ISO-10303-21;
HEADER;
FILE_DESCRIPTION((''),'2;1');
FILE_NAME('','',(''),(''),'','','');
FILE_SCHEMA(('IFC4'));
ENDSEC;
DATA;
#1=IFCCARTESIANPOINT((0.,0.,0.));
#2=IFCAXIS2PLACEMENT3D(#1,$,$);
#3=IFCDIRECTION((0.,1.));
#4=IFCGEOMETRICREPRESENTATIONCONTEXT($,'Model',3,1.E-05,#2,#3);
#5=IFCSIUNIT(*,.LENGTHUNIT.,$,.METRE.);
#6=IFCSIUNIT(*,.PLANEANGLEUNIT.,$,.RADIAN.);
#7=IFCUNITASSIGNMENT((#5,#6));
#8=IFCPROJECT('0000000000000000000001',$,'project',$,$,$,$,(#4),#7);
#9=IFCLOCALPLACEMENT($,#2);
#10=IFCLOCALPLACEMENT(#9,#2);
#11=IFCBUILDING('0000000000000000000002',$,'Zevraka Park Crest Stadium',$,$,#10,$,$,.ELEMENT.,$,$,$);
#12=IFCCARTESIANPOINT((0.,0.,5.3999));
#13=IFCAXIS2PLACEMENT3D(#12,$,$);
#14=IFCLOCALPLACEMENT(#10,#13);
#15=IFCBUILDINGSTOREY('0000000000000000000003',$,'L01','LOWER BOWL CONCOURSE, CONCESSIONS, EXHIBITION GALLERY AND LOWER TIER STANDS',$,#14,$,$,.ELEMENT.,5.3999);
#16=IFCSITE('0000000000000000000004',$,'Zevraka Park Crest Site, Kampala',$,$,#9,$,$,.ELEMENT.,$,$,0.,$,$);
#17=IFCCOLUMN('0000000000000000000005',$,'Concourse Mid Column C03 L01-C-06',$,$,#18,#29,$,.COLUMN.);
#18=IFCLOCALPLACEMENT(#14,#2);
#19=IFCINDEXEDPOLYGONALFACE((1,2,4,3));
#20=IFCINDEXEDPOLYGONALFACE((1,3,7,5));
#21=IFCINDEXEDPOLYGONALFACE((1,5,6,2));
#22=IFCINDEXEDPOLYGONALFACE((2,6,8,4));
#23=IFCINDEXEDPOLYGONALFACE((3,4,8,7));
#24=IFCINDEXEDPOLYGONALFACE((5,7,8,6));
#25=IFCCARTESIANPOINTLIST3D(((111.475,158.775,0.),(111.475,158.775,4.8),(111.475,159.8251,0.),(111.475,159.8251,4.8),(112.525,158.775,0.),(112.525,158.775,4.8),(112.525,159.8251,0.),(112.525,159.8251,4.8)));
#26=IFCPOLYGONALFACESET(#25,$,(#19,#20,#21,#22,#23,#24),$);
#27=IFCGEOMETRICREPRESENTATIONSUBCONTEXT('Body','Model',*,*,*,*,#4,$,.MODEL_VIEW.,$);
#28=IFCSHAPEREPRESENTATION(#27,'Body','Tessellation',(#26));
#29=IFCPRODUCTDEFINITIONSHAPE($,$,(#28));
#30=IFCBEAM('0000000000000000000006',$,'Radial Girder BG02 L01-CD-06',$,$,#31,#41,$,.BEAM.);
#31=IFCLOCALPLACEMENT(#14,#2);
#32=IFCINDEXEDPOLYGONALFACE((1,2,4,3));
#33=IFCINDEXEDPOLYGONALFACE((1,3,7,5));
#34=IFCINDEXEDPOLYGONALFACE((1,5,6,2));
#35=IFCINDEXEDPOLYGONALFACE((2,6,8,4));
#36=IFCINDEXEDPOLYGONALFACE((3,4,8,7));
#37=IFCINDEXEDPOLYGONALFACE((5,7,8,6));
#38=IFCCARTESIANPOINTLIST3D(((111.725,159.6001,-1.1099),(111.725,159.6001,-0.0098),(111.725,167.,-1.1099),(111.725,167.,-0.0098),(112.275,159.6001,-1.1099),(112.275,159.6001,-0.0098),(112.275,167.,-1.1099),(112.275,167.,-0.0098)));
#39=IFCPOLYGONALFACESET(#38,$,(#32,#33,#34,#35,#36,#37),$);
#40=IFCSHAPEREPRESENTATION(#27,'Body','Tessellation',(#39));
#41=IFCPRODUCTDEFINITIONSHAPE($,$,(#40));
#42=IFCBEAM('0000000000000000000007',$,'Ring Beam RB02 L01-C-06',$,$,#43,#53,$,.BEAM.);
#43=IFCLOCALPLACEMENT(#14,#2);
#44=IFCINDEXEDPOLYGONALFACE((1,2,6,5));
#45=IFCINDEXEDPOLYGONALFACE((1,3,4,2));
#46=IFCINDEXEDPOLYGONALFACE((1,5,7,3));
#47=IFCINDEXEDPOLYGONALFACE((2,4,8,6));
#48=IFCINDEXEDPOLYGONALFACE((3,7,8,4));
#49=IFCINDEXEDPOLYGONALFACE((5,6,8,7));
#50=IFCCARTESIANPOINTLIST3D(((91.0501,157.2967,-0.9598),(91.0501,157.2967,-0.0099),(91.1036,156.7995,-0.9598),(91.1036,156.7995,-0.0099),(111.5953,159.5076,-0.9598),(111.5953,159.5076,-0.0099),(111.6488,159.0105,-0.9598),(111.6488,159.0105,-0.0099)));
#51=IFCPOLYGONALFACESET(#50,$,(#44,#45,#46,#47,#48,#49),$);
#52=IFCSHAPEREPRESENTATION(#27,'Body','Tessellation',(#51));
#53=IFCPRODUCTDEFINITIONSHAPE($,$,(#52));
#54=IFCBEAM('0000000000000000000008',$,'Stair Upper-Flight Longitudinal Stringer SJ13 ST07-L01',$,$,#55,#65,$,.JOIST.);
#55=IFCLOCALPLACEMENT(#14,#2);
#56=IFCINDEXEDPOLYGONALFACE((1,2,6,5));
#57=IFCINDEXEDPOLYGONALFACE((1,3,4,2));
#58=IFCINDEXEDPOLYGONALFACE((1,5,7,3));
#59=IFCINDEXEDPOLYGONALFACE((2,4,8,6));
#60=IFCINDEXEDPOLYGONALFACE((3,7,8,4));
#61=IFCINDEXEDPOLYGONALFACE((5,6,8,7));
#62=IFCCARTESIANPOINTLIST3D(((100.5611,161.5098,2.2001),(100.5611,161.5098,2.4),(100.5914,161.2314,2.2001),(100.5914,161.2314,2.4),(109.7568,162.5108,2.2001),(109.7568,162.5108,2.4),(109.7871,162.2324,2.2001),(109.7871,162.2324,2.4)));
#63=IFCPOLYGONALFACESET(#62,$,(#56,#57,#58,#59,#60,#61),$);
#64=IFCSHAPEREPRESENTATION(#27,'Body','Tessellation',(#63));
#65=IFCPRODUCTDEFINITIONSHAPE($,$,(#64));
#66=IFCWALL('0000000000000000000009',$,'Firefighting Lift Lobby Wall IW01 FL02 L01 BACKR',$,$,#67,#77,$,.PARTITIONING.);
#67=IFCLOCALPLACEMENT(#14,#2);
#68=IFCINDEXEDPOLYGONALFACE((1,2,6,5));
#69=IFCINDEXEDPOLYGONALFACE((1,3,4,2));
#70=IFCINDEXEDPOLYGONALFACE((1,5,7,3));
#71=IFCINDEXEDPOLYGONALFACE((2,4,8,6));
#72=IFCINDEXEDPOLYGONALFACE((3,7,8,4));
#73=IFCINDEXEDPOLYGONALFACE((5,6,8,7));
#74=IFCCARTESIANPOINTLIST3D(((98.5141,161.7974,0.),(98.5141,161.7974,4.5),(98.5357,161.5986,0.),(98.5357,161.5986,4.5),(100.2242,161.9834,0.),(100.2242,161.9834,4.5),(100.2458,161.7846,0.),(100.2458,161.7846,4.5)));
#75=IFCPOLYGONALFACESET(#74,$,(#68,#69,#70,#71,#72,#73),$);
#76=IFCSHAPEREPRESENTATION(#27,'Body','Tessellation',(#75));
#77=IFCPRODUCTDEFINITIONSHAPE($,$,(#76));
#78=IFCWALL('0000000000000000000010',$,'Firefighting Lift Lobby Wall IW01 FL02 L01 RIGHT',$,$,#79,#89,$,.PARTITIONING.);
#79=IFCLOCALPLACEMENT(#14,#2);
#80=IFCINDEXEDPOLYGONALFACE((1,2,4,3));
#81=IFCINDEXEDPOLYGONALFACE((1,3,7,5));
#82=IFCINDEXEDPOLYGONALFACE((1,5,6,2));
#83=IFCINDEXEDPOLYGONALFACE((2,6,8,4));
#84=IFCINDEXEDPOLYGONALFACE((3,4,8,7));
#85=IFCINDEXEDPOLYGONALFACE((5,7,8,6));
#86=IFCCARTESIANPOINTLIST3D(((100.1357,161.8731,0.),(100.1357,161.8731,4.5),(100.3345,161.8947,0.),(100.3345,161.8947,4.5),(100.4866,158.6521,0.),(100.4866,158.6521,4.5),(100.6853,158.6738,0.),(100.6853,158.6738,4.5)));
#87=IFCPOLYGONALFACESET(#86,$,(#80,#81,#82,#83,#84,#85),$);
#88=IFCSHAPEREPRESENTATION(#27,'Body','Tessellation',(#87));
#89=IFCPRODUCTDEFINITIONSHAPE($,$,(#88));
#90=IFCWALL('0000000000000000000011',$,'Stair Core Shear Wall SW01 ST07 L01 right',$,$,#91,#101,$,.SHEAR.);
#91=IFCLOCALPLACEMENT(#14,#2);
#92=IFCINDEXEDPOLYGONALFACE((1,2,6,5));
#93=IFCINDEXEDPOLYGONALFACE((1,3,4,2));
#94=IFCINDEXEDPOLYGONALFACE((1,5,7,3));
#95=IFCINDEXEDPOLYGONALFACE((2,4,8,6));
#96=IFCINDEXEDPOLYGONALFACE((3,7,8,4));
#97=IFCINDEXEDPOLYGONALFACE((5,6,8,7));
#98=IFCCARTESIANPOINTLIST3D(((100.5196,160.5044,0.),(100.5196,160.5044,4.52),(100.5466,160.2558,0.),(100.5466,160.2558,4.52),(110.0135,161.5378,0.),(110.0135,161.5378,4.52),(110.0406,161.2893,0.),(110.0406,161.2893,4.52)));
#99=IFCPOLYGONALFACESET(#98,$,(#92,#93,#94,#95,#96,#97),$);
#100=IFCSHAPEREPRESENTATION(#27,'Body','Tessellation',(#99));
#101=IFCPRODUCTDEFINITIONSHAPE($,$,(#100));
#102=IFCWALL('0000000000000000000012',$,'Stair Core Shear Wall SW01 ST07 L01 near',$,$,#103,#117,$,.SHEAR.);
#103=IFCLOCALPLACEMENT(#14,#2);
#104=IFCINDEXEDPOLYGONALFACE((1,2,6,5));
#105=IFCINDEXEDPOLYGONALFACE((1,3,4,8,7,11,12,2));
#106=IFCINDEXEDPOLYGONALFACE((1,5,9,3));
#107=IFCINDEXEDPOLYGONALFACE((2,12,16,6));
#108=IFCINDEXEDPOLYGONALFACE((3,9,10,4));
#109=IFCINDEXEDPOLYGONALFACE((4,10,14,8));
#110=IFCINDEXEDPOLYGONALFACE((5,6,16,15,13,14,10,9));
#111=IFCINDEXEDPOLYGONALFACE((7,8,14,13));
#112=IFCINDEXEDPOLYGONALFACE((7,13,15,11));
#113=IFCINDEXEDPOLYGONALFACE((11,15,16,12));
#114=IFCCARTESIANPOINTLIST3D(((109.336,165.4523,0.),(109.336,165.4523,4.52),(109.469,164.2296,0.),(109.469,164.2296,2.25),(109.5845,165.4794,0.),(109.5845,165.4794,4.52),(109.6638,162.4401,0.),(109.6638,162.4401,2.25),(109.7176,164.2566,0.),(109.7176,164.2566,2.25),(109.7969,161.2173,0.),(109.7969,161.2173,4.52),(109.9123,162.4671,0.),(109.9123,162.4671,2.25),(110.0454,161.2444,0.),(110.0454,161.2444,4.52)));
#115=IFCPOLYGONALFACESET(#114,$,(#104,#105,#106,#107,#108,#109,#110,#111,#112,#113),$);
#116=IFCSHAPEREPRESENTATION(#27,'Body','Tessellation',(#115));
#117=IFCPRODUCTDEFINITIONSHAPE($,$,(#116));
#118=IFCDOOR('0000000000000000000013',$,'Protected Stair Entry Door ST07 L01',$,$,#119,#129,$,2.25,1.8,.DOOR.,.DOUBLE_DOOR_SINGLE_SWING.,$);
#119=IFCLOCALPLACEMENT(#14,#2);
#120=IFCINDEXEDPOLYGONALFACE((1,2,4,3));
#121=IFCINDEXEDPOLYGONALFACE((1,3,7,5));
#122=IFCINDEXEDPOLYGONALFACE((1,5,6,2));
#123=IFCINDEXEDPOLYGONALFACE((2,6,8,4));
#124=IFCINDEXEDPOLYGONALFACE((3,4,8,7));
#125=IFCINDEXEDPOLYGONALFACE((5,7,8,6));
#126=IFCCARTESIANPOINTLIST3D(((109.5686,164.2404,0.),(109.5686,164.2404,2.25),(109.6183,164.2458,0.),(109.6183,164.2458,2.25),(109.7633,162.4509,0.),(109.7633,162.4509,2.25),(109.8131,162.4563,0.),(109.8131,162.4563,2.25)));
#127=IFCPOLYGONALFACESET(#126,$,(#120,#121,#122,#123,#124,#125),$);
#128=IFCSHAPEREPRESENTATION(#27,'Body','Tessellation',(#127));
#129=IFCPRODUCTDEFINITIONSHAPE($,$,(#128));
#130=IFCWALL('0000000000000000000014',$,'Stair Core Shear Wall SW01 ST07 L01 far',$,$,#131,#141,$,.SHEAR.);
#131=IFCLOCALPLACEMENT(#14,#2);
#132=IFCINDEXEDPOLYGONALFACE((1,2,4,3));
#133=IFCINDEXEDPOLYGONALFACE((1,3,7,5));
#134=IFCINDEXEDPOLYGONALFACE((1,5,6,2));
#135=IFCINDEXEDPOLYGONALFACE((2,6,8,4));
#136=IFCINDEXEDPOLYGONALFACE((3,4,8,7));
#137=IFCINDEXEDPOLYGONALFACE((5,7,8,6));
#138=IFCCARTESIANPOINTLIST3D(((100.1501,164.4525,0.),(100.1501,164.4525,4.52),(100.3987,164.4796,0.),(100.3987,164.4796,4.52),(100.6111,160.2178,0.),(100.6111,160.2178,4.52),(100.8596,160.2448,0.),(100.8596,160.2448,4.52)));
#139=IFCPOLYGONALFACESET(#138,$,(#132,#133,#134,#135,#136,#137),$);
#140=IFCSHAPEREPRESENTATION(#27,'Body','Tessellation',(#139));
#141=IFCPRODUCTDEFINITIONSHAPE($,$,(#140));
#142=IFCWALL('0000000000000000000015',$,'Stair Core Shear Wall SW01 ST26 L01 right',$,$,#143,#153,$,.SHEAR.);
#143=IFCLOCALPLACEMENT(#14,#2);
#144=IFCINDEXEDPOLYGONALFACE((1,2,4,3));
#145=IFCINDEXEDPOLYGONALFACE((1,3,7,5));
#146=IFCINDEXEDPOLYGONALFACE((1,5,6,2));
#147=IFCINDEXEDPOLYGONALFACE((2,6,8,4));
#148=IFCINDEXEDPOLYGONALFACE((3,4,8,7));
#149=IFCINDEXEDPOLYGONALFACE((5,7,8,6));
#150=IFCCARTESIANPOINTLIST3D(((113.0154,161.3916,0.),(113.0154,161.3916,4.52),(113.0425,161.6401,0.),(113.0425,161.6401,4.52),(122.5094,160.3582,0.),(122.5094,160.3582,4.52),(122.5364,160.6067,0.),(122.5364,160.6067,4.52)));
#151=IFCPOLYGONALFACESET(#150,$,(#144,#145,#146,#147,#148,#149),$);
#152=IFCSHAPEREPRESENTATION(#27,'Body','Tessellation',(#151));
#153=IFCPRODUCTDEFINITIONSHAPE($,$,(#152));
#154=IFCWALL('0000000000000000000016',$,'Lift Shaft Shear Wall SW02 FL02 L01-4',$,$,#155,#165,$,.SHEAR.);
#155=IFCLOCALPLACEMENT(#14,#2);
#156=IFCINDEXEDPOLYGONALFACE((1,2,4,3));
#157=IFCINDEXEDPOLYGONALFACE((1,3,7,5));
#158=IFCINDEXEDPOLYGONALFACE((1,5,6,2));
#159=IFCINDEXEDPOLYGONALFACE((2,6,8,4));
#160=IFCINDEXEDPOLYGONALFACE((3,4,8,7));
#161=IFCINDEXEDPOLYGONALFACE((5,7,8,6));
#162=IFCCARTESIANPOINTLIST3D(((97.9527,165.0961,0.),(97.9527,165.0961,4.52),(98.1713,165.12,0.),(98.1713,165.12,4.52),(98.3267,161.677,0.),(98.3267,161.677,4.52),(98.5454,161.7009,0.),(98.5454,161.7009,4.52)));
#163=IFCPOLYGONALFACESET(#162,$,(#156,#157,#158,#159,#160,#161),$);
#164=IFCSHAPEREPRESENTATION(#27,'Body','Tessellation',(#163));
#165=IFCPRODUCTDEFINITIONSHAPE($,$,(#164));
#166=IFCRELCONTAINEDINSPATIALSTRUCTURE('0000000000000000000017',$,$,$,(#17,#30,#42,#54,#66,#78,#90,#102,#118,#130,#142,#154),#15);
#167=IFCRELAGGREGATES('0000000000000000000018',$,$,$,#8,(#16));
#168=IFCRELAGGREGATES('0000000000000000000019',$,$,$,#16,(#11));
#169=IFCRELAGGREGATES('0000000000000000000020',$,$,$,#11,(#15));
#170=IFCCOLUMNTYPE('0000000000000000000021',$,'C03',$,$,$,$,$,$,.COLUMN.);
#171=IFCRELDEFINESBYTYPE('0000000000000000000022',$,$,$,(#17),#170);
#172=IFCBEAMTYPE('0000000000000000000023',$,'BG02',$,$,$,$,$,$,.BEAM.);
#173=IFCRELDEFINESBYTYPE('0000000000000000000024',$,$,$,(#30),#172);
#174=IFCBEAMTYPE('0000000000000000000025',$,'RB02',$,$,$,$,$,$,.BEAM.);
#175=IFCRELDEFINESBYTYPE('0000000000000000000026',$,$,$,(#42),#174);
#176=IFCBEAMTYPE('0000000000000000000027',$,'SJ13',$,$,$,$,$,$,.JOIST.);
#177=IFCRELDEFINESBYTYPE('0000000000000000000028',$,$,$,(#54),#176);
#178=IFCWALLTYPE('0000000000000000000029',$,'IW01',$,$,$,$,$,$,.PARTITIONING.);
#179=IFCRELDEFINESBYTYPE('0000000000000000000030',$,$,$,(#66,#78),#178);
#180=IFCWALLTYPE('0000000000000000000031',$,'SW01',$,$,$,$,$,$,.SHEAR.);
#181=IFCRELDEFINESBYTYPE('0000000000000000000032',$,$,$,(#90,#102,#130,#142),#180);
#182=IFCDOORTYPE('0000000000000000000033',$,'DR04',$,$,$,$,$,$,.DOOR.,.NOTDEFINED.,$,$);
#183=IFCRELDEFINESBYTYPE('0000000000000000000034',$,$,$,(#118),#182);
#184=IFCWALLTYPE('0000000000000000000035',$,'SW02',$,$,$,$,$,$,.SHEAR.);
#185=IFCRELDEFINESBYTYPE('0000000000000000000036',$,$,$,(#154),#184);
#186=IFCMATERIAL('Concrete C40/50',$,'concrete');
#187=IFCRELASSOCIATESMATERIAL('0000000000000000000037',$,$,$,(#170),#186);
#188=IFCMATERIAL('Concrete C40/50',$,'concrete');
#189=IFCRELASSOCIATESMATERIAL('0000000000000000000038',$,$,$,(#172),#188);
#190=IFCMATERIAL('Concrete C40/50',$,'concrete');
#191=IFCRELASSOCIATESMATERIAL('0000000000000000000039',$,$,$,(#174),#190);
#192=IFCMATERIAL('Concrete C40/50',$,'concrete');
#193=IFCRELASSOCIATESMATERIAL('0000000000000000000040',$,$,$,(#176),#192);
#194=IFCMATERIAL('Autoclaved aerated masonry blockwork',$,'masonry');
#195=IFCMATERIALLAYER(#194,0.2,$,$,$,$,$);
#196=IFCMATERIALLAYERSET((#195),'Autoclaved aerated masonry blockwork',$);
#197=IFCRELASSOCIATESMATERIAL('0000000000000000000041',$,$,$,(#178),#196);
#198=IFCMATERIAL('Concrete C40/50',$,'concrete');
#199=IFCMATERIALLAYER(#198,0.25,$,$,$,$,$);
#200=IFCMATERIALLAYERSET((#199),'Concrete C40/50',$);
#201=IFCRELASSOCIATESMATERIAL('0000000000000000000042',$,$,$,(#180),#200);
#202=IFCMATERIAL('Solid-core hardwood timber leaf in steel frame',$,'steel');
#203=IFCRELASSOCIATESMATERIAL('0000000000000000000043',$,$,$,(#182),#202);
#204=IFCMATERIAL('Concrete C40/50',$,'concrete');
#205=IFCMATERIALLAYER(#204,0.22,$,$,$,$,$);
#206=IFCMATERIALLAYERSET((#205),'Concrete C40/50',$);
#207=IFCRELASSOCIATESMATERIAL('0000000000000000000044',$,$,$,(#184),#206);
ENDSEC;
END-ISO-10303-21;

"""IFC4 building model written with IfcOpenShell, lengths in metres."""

from ifc_helpers import new_model, si_unit, direction, frame, frame_2d, origin, origin_2d, place, context, subcontext, project, spatial, rectangle, extrude, material, layer, layer_set, material_profile, profile_set, type_object, element, fill, save


model = new_model("IFC4")

# Units and contexts
model_context = context("Model", 3, precision=1e-05, world=origin(), true_north=direction((0.0, 1.0)))
body_context = subcontext(model_context, "Body", "Model", "MODEL_VIEW")
ifc_project = project(units=[si_unit("LENGTHUNIT", "METRE"), si_unit("PLANEANGLEUNIT", "RADIAN")], contexts=[model_context])

# Site, building, storey
site_placement = place(None, origin())
site = spatial("IfcSite", under=ifc_project, at=site_placement, Name="Zevraka Park Crest Site, Kampala", CompositionType="ELEMENT", RefElevation=0.0)
building_placement = place(site_placement, origin())
building = spatial("IfcBuilding", under=site, at=building_placement, Name="Zevraka Park Crest Stadium", CompositionType="ELEMENT")
storey_placement = place(building_placement, frame((0.0, 0.0, 5.3999)))
storey = spatial("IfcBuildingStorey", under=building, at=storey_placement, Name="L01", Description="LOWER BOWL CONCOURSE, CONCESSIONS, EXHIBITION GALLERY AND LOWER TIER STANDS", CompositionType="ELEMENT", Elevation=5.3999)

# Column
ifc_material_1 = material(Name="Concrete C40/50", Category="concrete")
ifc_material_profile_1 = material_profile(ifc_material_1, rectangle(XDim=1.05, YDim=1.05, at=origin_2d()), Name="RC 1050x1050")
ifc_profile_set_1 = profile_set([ifc_material_profile_1], Name="Concrete C40/50")
column_type = type_object("IfcColumnType", Name="C03", PredefinedType="COLUMN", material=ifc_profile_set_1)
column_placement = place(storey_placement, frame((112.0, 159.3, 0.0), z_axis=(0.0, 0.0, 1.0), x_axis=(0.0, 1.0, 0.0)))
element("IfcColumn", 1, at=column_placement, inside=storey, type_object=column_type, Name="Concourse Mid Column C03 L01-C-06", PredefinedType="COLUMN", context=body_context, shape_type="SweptSolid", body=[
    extrude(rectangle(XDim=1.05, YDim=1.05, at=origin_2d()), origin(), (0.0, 0.0, 1.0), 4.8),
])

# Beams
ifc_material_2 = material(Name="Concrete C40/50", Category="concrete")
ifc_material_profile_2 = material_profile(ifc_material_2, rectangle(XDim=0.55, YDim=1.1001, at=origin_2d()), Name="RC 1100x550")
ifc_profile_set_2 = profile_set([ifc_material_profile_2], Name="Concrete C40/50")
beam_type_1 = type_object("IfcBeamType", Name="BG02", PredefinedType="BEAM", material=ifc_profile_set_2)
beam_1_placement = place(storey_placement, frame((112.0, 159.6001, -0.5598), z_axis=(0.0, 1.0, 0.0), x_axis=(-1.0, 0.0, 0.0)))
element("IfcBeam", 2, at=beam_1_placement, inside=storey, type_object=beam_type_1, Name="Radial Girder BG02 L01-CD-06", PredefinedType="BEAM", context=body_context, shape_type="SweptSolid", body=[
    extrude(rectangle(XDim=0.55, YDim=1.1001, at=origin_2d()), origin(), (0.0, 0.0, 1.0), 7.3999),
])
ifc_material_3 = material(Name="Concrete C40/50", Category="concrete")
ifc_material_profile_3 = material_profile(ifc_material_3, rectangle(XDim=0.5, YDim=0.95, at=origin_2d()), Name="RC 950x500")
ifc_profile_set_3 = profile_set([ifc_material_profile_3], Name="Concrete C40/50")
beam_type_2 = type_object("IfcBeamType", Name="RB02", PredefinedType="BEAM", material=ifc_profile_set_3)
beam_2_placement = place(storey_placement, frame((111.6221, 159.259, -0.4849), z_axis=(-0.994259, -0.106996, 0.0), x_axis=(0.106996, -0.994259, 0.0)))
element("IfcBeam", 3, at=beam_2_placement, inside=storey, type_object=beam_type_2, Name="Ring Beam RB02 L01-C-06", PredefinedType="BEAM", context=body_context, shape_type="SweptSolid", body=[
    extrude(rectangle(XDim=0.5, YDim=0.95, at=origin_2d()), origin(), (0.0, 0.0, 1.0), 20.6638),
])
ifc_material_4 = material(Name="Concrete C40/50", Category="concrete")
ifc_material_profile_4 = material_profile(ifc_material_4, rectangle(XDim=0.28, YDim=0.2, at=origin_2d()), Name="RC 200x280")
ifc_profile_set_4 = profile_set([ifc_material_profile_4], Name="Concrete C40/50")
beam_type_3 = type_object("IfcBeamType", Name="SJ13", PredefinedType="JOIST", material=ifc_profile_set_4)
beam_3_placement = place(storey_placement, frame((109.772, 162.3716, 2.3), z_axis=(-0.994128, -0.108212, 0.0), x_axis=(0.108212, -0.994128, 0.0)))
element("IfcBeam", 4, at=beam_3_placement, inside=storey, type_object=beam_type_3, Name="Stair Upper-Flight Longitudinal Stringer SJ13 ST07-L01", PredefinedType="JOIST", context=body_context, shape_type="SweptSolid", body=[
    extrude(rectangle(XDim=0.28, YDim=0.2, at=origin_2d()), origin(), (0.0, 0.0, 1.0), 9.25),
])

# Walls
ifc_material_5 = material(Name="Autoclaved aerated masonry blockwork", Category="masonry")
ifc_layer_1 = layer(ifc_material_5, 0.2)
ifc_layer_set_1 = layer_set([ifc_layer_1], Name="Autoclaved aerated masonry blockwork")
wall_type_1 = type_object("IfcWallType", Name="IW01", PredefinedType="PARTITIONING", material=ifc_layer_set_1)
wall_1_placement = place(storey_placement, frame((98.5249, 161.698, 0.0), z_axis=(0.0, 0.0, 1.0), x_axis=(0.994136, 0.108142, 0.0)))
element("IfcWall", 5, at=wall_1_placement, inside=storey, type_object=wall_type_1, Name="Firefighting Lift Lobby Wall IW01 FL02 L01 BACKR", PredefinedType="PARTITIONING", context=body_context, shape_type="SweptSolid", body=[
    extrude(rectangle(XDim=1.7202, YDim=0.2, at=frame_2d((0.8601, 0.0))), origin(), (0.0, 0.0, 1.0), 4.5),
])
wall_2_placement = place(storey_placement, frame((100.2351, 161.884, 0.0), z_axis=(0.0, 0.0, 1.0), x_axis=(0.108281, -0.99412, 0.0)))
element("IfcWall", 6, at=wall_2_placement, inside=storey, type_object=wall_type_1, Name="Firefighting Lift Lobby Wall IW01 FL02 L01 RIGHT", PredefinedType="PARTITIONING", context=body_context, shape_type="SweptSolid", body=[
    extrude(rectangle(XDim=3.24, YDim=0.2, at=frame_2d((1.6201, 0.0))), origin(), (0.0, 0.0, 1.0), 4.5),
])
ifc_material_6 = material(Name="Concrete C40/50", Category="concrete")
ifc_layer_2 = layer(ifc_material_6, 0.25)
ifc_layer_set_2 = layer_set([ifc_layer_2], Name="Concrete C40/50")
wall_type_2 = type_object("IfcWallType", Name="SW01", PredefinedType="SHEAR", material=ifc_layer_set_2)
wall_3_placement = place(storey_placement, frame((100.5332, 160.3801, 0.0), z_axis=(0.0, 0.0, 1.0), x_axis=(0.994128, 0.108215, 0.0)))
element("IfcWall", 7, at=wall_3_placement, inside=storey, type_object=wall_type_2, Name="Stair Core Shear Wall SW01 ST07 L01 right", PredefinedType="SHEAR", context=body_context, shape_type="SweptSolid", body=[
    extrude(rectangle(XDim=9.55, YDim=0.25, at=frame_2d((4.7749, 0.0))), origin(), (0.0, 0.0, 1.0), 4.52),
])

# Wall, opening, door
wall_4_placement = place(storey_placement, frame((109.9211, 161.231, 0.0), z_axis=(0.0, 0.0, 1.0), x_axis=(-0.108198, 0.994129, 0.0)))
wall_4 = element("IfcWall", 8, at=wall_4_placement, inside=storey, type_object=wall_type_2, Name="Stair Core Shear Wall SW01 ST07 L01 near", PredefinedType="SHEAR", context=body_context, shape_type="SweptSolid", body=[
    extrude(rectangle(XDim=4.26, YDim=0.25, at=frame_2d((2.1299, 0.0))), origin(), (0.0, 0.0, 1.0), 4.52),
])
opening_placement = place(wall_4_placement, frame((1.23, 0.0, 0.0)))
opening = element("IfcOpeningElement", 9, at=opening_placement, cuts=wall_4, PredefinedType="OPENING", context=body_context, shape_type="SweptSolid", body=[
    extrude(rectangle(XDim=1.8, YDim=2.25, at=frame_2d((0.8999, 1.125))), frame((0.0, 0.135, 0.0), z_axis=(0.0, -1.0, 0.0), x_axis=(1.0, 0.0, 0.0)), (0.0, 0.0, 1.0), 0.27),
])
ifc_material_7 = material(Name="Solid-core hardwood timber leaf in steel frame", Category="steel")
door_type = type_object("IfcDoorType", Name="DR04", OperationType="NOTDEFINED", PredefinedType="DOOR", material=ifc_material_7)
door_placement = place(opening_placement, origin())
door = element("IfcDoor", 10, at=door_placement, inside=storey, type_object=door_type, Name="Protected Stair Entry Door ST07 L01", OperationType="DOUBLE_DOOR_SINGLE_SWING", OverallHeight=2.25, OverallWidth=1.8, PredefinedType="DOOR", context=body_context, shape_type="SweptSolid", body=[
    extrude(rectangle(XDim=1.8, YDim=2.25, at=frame_2d((0.8999, 1.125))), frame((0.0, 0.0249, 0.0), z_axis=(0.0, -1.0, 0.0), x_axis=(1.0, 0.0, 0.0)), (0.0, 0.0, 1.0), 0.05),
])
fill(opening, door)

# Walls
wall_5_placement = place(storey_placement, frame((100.2744, 164.4661, 0.0), z_axis=(0.0, 0.0, 1.0), x_axis=(0.108204, -0.994129, 0.0)))
element("IfcWall", 11, at=wall_5_placement, inside=storey, type_object=wall_type_2, Name="Stair Core Shear Wall SW01 ST07 L01 far", PredefinedType="SHEAR", context=body_context, shape_type="SweptSolid", body=[
    extrude(rectangle(XDim=4.2598, YDim=0.25, at=frame_2d((2.1299, 0.0))), origin(), (0.0, 0.0, 1.0), 4.52),
])
wall_6_placement = place(storey_placement, frame((113.0291, 161.5159, 0.0), z_axis=(0.0, 0.0, 1.0), x_axis=(0.994128, -0.108215, 0.0)))
element("IfcWall", 12, at=wall_6_placement, inside=storey, type_object=wall_type_2, Name="Stair Core Shear Wall SW01 ST26 L01 right", PredefinedType="SHEAR", context=body_context, shape_type="SweptSolid", body=[
    extrude(rectangle(XDim=9.55, YDim=0.25, at=frame_2d((4.7749, 0.0))), origin(), (0.0, 0.0, 1.0), 4.52),
])
ifc_material_8 = material(Name="Concrete C40/50", Category="concrete")
ifc_layer_3 = layer(ifc_material_8, 0.22)
ifc_layer_set_3 = layer_set([ifc_layer_3], Name="Concrete C40/50")
wall_type_3 = type_object("IfcWallType", Name="SW02", PredefinedType="SHEAR", material=ifc_layer_set_3)
wall_7_placement = place(storey_placement, frame((98.436, 161.689, 0.0), z_axis=(0.0, 0.0, 1.0), x_axis=(-0.108749, 0.994069, 0.0)))
element("IfcWall", 13, at=wall_7_placement, inside=storey, type_object=wall_type_3, Name="Lift Shaft Shear Wall SW02 FL02 L01-4", PredefinedType="SHEAR", context=body_context, shape_type="SweptSolid", body=[
    extrude(rectangle(XDim=3.4395, YDim=0.22, at=frame_2d((1.7197, 0.0))), origin(), (0.0, 0.0, 1.0), 4.52),
])

save(model, "model.ifc")
